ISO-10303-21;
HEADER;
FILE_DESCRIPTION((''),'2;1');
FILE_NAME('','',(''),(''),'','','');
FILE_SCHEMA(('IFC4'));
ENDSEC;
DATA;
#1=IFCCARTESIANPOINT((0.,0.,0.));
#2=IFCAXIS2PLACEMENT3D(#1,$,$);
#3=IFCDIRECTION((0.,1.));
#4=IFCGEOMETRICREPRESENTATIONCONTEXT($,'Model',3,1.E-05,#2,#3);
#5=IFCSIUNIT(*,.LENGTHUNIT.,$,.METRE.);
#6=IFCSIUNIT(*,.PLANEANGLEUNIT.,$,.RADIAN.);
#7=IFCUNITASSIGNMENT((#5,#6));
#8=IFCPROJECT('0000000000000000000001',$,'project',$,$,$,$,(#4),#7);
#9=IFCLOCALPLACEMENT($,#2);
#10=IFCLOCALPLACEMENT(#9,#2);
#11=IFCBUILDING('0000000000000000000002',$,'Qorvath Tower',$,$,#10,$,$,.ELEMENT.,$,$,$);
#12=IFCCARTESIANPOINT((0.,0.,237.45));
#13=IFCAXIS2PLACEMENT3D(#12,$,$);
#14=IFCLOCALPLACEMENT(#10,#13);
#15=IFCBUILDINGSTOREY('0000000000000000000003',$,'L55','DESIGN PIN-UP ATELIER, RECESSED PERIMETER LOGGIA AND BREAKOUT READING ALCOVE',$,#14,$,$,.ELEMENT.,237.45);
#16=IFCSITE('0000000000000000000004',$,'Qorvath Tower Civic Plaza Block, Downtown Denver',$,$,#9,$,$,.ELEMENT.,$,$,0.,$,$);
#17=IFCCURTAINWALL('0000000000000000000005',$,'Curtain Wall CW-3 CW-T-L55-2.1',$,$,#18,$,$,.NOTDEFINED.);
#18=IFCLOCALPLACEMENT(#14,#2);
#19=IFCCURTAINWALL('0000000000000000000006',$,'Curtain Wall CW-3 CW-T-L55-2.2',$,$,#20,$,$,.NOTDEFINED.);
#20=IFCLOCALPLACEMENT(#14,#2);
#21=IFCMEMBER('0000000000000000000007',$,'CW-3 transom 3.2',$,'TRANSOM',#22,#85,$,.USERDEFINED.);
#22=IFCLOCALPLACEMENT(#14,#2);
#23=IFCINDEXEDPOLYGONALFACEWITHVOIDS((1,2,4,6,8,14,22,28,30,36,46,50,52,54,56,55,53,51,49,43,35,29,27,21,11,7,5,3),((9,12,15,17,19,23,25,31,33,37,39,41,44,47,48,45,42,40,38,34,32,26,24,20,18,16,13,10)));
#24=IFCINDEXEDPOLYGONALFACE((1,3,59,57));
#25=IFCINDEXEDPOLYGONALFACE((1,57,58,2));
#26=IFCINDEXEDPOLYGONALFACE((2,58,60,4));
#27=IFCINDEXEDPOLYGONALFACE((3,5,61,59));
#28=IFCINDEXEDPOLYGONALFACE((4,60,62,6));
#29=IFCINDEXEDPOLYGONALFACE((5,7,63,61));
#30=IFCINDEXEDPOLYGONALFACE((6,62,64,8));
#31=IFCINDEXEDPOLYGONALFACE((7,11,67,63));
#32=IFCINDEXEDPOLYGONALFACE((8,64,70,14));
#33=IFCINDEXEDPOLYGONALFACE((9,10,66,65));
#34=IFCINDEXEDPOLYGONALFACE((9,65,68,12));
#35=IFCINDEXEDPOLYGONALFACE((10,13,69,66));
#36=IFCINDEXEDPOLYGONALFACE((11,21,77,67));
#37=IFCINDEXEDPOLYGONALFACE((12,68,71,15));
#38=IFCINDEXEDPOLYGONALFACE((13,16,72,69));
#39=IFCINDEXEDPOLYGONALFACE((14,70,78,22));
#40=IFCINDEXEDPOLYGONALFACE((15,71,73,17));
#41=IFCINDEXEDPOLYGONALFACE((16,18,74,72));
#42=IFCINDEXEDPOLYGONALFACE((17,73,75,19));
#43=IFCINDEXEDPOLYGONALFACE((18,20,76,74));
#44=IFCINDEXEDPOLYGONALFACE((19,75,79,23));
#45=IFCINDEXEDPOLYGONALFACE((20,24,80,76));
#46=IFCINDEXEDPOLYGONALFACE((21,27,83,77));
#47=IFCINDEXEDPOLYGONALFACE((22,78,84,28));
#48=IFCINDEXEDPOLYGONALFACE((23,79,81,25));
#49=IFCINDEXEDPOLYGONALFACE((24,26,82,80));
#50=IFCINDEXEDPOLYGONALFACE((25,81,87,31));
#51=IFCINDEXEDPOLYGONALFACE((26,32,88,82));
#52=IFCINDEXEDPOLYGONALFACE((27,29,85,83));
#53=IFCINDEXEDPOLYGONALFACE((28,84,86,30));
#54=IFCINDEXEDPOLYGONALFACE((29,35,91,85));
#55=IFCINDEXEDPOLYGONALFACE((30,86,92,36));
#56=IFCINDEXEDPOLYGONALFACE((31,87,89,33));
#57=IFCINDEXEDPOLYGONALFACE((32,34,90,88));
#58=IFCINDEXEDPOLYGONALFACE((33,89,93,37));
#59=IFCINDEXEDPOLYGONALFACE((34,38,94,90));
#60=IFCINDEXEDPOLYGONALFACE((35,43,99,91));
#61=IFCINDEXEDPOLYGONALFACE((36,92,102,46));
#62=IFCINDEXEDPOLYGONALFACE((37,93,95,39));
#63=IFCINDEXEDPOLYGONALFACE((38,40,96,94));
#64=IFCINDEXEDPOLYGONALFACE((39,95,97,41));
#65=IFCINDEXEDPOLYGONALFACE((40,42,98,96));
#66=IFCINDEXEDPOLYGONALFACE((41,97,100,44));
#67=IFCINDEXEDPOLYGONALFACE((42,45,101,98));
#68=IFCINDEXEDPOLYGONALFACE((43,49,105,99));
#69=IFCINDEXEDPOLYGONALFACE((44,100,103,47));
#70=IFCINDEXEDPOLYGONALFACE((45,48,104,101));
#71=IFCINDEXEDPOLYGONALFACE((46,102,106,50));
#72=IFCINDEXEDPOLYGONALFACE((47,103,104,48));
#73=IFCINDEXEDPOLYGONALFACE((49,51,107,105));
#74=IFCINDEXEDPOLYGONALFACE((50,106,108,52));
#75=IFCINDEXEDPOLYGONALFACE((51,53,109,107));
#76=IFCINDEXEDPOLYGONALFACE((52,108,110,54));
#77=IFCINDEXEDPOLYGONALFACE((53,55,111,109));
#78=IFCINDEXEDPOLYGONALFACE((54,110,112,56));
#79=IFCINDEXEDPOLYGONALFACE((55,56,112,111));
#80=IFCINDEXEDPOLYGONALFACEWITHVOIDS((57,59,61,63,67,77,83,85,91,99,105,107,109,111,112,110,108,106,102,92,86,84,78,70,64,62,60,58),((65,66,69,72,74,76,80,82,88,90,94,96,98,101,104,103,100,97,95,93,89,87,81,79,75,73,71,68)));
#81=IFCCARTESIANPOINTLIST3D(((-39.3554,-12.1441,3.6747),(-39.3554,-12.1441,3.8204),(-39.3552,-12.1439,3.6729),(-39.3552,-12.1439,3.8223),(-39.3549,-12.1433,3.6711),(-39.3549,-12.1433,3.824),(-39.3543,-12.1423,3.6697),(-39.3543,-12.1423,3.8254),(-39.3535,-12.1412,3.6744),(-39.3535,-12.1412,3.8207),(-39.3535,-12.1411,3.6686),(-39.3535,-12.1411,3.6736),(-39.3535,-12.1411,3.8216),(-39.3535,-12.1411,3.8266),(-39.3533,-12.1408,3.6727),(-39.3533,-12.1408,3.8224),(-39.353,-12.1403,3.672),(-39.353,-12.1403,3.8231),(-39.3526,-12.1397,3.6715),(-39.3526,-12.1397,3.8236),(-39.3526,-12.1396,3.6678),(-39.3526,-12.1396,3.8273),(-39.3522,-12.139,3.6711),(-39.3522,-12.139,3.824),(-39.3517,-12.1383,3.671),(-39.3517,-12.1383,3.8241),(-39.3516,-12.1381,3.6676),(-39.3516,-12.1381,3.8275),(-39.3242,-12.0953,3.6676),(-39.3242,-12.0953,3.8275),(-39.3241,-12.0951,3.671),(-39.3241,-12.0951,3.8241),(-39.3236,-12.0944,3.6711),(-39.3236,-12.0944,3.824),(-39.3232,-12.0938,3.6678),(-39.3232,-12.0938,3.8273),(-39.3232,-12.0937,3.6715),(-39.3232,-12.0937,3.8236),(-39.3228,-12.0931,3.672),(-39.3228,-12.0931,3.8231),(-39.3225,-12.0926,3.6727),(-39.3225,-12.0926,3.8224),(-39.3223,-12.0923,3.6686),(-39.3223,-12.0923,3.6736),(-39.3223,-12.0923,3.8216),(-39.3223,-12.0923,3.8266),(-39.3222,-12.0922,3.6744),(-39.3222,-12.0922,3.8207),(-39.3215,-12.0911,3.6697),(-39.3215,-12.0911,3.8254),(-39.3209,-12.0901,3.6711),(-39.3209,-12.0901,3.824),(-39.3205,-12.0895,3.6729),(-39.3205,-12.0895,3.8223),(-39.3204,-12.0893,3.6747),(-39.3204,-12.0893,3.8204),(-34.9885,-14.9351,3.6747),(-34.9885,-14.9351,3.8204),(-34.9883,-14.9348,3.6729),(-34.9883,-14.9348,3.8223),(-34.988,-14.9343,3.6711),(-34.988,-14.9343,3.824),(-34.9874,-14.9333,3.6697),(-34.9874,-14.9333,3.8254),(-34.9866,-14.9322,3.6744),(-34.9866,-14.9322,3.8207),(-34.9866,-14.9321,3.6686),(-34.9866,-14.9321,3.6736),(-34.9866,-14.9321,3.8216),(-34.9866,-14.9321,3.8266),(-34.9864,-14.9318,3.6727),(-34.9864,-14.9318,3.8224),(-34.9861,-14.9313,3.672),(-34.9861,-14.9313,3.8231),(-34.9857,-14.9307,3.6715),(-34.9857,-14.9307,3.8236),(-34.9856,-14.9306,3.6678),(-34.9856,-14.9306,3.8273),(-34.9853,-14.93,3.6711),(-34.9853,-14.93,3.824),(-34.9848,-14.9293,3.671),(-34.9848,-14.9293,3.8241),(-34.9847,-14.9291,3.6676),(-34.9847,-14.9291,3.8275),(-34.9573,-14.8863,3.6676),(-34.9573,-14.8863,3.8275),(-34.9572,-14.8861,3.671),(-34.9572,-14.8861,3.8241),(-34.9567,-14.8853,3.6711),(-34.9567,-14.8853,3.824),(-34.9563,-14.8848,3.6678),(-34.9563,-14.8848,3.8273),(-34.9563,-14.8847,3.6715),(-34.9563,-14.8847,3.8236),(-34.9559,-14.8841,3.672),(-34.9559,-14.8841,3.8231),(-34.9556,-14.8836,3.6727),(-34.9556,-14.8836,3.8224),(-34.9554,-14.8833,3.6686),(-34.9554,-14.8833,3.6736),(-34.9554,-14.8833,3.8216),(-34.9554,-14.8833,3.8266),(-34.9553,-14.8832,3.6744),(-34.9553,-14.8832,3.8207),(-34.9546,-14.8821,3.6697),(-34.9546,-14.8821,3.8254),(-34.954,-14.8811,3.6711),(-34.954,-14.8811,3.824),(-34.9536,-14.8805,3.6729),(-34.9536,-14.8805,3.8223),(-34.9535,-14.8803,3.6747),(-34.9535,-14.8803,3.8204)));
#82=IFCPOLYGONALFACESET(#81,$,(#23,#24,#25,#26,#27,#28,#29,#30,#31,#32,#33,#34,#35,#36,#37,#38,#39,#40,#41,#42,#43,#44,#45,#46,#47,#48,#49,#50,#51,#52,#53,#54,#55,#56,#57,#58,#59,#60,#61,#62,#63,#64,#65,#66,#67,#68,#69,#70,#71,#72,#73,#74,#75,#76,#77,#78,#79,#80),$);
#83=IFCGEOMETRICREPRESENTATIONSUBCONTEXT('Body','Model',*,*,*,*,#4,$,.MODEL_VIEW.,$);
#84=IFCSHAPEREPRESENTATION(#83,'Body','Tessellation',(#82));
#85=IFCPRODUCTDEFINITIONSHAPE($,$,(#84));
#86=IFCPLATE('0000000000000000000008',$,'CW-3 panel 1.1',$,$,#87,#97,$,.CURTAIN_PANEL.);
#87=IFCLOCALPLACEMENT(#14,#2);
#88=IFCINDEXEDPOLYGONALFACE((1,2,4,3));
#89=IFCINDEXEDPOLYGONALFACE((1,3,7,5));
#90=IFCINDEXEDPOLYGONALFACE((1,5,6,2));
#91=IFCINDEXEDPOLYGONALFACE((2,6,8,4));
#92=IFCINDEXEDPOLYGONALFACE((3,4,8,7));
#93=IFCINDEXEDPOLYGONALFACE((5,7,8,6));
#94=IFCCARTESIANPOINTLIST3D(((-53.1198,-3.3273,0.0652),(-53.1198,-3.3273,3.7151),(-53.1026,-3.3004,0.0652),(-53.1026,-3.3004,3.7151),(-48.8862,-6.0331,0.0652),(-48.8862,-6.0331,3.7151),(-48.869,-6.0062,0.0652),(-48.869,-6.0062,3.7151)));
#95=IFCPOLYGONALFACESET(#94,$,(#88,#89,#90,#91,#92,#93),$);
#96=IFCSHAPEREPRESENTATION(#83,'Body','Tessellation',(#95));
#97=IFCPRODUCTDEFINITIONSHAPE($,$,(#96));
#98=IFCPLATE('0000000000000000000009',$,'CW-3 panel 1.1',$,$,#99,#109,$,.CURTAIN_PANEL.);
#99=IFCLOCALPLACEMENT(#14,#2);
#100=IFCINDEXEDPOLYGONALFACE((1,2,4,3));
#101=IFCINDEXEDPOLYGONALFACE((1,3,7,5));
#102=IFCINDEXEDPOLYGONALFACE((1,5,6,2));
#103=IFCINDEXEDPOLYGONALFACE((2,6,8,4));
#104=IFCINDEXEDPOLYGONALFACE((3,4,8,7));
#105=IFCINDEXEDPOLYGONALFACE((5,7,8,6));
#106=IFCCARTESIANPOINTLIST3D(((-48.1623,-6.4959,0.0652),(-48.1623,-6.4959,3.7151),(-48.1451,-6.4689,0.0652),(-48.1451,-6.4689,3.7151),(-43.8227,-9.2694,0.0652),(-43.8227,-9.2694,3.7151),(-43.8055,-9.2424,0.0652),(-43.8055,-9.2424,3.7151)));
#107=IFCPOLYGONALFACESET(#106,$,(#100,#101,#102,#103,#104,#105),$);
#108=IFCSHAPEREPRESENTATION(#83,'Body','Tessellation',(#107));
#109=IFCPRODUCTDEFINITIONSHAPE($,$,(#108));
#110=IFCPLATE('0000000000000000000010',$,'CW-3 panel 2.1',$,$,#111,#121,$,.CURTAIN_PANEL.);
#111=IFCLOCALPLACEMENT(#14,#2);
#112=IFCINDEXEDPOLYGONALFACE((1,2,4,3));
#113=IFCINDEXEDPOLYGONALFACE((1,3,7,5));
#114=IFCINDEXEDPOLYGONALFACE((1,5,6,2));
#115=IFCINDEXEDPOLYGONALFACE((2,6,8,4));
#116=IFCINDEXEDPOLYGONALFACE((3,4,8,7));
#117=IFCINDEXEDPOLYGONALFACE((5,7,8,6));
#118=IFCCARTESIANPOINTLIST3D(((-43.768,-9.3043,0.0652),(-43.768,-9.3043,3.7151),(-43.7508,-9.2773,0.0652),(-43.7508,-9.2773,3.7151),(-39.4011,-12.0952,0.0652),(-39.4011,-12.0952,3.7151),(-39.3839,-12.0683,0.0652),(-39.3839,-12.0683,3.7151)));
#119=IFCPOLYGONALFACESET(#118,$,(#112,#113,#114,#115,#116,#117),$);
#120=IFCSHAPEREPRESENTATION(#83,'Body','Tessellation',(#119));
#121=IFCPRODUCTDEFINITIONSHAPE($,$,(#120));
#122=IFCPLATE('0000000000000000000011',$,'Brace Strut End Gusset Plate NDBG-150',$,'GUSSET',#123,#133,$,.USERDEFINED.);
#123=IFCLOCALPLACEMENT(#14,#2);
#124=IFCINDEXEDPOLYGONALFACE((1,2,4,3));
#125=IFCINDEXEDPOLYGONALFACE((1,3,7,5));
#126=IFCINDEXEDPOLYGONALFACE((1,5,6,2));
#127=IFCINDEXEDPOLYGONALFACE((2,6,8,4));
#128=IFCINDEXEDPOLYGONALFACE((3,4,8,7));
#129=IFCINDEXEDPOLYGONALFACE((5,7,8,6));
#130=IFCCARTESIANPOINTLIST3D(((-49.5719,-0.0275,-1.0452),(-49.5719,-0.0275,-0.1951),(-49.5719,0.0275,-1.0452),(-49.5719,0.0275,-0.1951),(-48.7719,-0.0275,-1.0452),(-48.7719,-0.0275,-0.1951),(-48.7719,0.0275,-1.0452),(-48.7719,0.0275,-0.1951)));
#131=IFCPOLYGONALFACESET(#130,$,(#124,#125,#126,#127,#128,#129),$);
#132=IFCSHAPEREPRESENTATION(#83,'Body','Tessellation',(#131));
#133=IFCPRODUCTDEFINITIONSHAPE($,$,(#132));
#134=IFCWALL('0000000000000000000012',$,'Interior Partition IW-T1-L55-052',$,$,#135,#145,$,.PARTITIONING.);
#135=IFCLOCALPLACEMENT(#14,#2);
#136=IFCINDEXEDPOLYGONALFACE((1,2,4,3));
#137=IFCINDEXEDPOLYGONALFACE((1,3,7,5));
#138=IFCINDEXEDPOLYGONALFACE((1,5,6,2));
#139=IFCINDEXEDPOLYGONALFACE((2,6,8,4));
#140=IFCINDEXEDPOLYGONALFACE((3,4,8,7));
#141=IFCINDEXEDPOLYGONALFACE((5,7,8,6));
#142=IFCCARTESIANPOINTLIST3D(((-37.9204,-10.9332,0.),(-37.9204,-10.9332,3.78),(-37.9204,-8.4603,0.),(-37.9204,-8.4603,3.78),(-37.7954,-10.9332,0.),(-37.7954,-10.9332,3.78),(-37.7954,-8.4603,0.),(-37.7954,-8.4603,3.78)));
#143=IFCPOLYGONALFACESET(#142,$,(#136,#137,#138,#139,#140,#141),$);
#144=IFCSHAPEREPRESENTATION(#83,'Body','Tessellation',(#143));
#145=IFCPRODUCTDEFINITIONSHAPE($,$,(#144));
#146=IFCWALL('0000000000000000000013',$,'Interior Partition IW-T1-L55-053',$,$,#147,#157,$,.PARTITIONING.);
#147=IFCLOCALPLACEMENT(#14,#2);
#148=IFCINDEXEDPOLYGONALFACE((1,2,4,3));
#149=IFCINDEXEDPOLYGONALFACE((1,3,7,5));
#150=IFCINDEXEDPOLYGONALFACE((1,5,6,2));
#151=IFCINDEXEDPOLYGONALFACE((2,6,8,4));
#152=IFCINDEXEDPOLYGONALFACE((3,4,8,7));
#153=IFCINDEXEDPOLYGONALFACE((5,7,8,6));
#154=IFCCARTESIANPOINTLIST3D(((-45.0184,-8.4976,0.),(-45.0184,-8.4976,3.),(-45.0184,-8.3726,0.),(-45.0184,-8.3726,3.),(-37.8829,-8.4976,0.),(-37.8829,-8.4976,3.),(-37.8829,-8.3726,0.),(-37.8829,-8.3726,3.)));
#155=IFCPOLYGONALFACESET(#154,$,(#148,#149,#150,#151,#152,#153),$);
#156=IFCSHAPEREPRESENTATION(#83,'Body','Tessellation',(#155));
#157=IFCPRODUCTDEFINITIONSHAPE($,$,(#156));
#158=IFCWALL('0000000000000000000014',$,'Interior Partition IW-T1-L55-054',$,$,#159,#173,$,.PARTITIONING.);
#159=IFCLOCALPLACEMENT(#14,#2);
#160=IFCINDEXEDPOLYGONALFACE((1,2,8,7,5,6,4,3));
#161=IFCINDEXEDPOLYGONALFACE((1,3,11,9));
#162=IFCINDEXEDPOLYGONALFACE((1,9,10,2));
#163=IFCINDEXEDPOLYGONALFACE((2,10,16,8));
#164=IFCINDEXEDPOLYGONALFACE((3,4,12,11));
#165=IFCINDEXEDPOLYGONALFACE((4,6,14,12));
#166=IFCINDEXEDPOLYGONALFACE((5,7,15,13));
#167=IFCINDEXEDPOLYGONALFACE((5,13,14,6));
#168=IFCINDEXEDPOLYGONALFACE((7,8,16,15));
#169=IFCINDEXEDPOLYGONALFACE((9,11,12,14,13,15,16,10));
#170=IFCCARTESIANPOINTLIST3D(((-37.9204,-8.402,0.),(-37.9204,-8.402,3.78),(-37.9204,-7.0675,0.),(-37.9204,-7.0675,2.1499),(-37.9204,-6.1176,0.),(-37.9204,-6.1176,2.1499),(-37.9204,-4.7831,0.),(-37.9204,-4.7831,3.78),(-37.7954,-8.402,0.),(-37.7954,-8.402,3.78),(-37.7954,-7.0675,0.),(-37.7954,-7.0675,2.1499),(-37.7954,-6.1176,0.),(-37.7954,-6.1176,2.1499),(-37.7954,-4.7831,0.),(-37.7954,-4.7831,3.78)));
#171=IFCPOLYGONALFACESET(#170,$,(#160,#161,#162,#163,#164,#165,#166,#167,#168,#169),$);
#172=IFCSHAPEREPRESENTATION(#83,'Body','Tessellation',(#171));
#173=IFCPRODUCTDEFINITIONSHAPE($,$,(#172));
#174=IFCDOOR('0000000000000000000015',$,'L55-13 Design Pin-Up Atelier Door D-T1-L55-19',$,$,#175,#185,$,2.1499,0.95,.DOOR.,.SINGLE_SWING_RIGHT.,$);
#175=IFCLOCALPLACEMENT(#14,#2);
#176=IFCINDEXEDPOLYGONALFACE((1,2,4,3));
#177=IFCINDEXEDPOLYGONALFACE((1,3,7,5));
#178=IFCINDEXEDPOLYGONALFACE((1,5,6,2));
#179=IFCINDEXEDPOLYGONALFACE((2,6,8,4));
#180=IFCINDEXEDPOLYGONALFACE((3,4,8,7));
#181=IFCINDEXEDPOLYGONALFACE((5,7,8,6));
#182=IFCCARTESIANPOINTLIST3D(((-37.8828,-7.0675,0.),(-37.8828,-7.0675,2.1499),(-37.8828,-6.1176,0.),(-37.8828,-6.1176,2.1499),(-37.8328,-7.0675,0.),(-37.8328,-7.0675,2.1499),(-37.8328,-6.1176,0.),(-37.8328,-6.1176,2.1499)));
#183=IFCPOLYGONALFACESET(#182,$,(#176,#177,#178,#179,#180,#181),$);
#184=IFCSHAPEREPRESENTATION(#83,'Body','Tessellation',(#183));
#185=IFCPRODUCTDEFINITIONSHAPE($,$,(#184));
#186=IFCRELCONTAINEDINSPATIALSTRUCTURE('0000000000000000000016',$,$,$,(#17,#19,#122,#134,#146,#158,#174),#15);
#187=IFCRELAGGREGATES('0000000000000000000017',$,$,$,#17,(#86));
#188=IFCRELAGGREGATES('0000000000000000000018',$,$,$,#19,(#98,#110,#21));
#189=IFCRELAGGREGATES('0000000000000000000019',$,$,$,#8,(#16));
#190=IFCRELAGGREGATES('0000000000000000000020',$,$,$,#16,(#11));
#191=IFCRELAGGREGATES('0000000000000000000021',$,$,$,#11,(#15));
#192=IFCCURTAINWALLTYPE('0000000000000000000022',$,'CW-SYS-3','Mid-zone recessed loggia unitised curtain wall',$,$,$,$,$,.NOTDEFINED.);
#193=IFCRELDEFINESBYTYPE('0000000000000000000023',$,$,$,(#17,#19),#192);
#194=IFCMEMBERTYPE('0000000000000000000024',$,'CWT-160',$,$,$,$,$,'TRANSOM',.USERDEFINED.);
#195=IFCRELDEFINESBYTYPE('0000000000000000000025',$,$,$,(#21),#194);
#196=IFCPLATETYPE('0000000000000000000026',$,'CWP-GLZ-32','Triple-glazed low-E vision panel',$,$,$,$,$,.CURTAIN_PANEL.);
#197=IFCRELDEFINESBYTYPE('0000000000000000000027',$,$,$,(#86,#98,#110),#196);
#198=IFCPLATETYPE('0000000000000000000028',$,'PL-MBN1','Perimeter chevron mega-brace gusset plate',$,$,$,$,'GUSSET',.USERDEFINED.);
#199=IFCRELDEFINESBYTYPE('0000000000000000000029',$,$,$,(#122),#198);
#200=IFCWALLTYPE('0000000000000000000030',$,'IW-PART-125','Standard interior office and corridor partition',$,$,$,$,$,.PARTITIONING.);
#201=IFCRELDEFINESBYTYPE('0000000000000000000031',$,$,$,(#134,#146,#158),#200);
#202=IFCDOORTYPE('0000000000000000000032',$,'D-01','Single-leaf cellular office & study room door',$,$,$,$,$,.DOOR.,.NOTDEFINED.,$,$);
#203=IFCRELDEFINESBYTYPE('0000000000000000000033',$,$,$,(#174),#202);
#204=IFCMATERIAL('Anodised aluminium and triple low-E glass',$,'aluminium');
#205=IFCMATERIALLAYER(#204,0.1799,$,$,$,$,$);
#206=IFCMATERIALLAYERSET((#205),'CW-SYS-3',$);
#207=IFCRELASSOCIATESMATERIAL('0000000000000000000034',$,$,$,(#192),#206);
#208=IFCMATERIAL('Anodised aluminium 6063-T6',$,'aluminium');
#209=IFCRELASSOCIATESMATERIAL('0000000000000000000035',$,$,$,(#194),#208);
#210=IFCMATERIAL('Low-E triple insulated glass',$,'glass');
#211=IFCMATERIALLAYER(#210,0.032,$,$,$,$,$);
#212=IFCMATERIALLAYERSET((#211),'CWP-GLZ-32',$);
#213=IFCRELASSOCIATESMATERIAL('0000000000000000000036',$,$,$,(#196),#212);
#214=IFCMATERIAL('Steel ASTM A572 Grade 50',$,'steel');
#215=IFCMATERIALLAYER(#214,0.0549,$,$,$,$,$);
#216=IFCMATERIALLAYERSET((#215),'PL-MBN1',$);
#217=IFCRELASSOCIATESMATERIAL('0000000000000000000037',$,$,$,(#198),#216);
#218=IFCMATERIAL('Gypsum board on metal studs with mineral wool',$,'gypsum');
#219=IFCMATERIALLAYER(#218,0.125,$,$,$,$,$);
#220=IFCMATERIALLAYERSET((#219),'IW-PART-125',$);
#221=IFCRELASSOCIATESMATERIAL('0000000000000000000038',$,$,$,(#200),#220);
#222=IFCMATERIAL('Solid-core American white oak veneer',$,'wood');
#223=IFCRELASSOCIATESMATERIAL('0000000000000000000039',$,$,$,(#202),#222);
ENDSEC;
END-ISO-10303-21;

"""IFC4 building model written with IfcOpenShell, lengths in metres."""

from ifc_helpers import new_model, si_unit, direction, frame, frame_2d, origin, origin_2d, place, context, subcontext, project, spatial, rectangle, hollow_rectangle, extrude, material, layer, layer_set, material_profile, profile_set, type_object, element, fill, aggregate, save


model = new_model("IFC4")

# Units and contexts
model_context = context("Model", 3, precision=1e-05, world=origin(), true_north=direction((0.0, 1.0)))
body_context = subcontext(model_context, "Body", "Model", "MODEL_VIEW")
ifc_project = project(units=[si_unit("LENGTHUNIT", "METRE"), si_unit("PLANEANGLEUNIT", "RADIAN")], contexts=[model_context])

# Site, building, storey
site_placement = place(None, origin())
site = spatial("IfcSite", under=ifc_project, at=site_placement, Name="Qorvath Tower Civic Plaza Block, Downtown Denver", CompositionType="ELEMENT", RefElevation=0.0)
building_placement = place(site_placement, origin())
building = spatial("IfcBuilding", under=site, at=building_placement, Name="Qorvath Tower", CompositionType="ELEMENT")
storey_placement = place(building_placement, frame((0.0, 0.0, 237.45)))
storey = spatial("IfcBuildingStorey", under=building, at=storey_placement, Name="L55", Description="DESIGN PIN-UP ATELIER, RECESSED PERIMETER LOGGIA AND BREAKOUT READING ALCOVE", CompositionType="ELEMENT", Elevation=237.45)

# Curtain walls
ifc_material_1 = material(Name="Anodised aluminium and triple low-E glass", Category="aluminium")
ifc_layer_1 = layer(ifc_material_1, 0.1799)
ifc_layer_set_1 = layer_set([ifc_layer_1], Name="CW-SYS-3")
curtain_wall_type = type_object("IfcCurtainWallType", Name="CW-SYS-3", Description="Mid-zone recessed loggia unitised curtain wall", PredefinedType="NOTDEFINED", material=ifc_layer_set_1)
curtain_wall_1_placement = place(storey_placement, origin())
curtain_wall_1 = element("IfcCurtainWall", 1, at=curtain_wall_1_placement, inside=storey, type_object=curtain_wall_type, Name="Curtain Wall CW-3 CW-T-L55-2.1", PredefinedType="NOTDEFINED")
curtain_wall_2_placement = place(storey_placement, origin())
curtain_wall_2 = element("IfcCurtainWall", 2, at=curtain_wall_2_placement, inside=storey, type_object=curtain_wall_type, Name="Curtain Wall CW-3 CW-T-L55-2.2", PredefinedType="NOTDEFINED")

# Member
ifc_material_2 = material(Name="Anodised aluminium 6063-T6", Category="aluminium")
ifc_material_profile_1 = material_profile(ifc_material_2, hollow_rectangle(XDim=0.0649, YDim=0.1599, WallThickness=0.0034, InnerFilletRadius=0.0034, OuterFilletRadius=0.0071, at=origin_2d()), Name="CWT 160x65")
ifc_profile_set_1 = profile_set([ifc_material_profile_1], Name="Anodised aluminium 6063-T6")
member_type_1 = type_object("IfcMemberType", Name="CWT-160", ElementType="TRANSOM", PredefinedType="USERDEFINED", material=ifc_profile_set_1)
member_1_placement = place(storey_placement, frame((-39.3379, -12.1167, 3.7476), z_axis=(0.842607, -0.53853, 0.0), x_axis=(0.53853, 0.842607, 0.0)))
member_1 = element("IfcMember", 3, at=member_1_placement, type_object=member_type_1, Name="CW-3 transom 3.2", ObjectType="TRANSOM", PredefinedType="USERDEFINED", context=body_context, shape_type="SweptSolid", body=[
    extrude(hollow_rectangle(XDim=0.0649, YDim=0.1599, WallThickness=0.0034, InnerFilletRadius=0.0034, OuterFilletRadius=0.0071, at=origin_2d()), origin(), (0.0, 0.0, 1.0), 5.1826),
])

# Plates
ifc_material_3 = material(Name="Low-E triple insulated glass", Category="glass")
ifc_layer_2 = layer(ifc_material_3, 0.032)
ifc_layer_set_2 = layer_set([ifc_layer_2], Name="CWP-GLZ-32")
plate_type_1 = type_object("IfcPlateType", Name="CWP-GLZ-32", Description="Triple-glazed low-E vision panel", PredefinedType="CURTAIN_PANEL", material=ifc_layer_set_2)
plate_1_placement = place(storey_placement, frame((-50.9944, -4.6667, 0.0652), z_axis=(0.0, 0.0, 1.0), x_axis=(0.842601, -0.538538, 0.0)))
plate_1 = element("IfcPlate", 4, at=plate_1_placement, type_object=plate_type_1, Name="CW-3 panel 1.1", PredefinedType="CURTAIN_PANEL", context=body_context, shape_type="SweptSolid", body=[
    extrude(rectangle(XDim=5.0244, YDim=0.032, at=origin_2d()), origin(), (0.0, 0.0, 1.0), 3.6499),
])
aggregate(curtain_wall_1, [plate_1])
plate_2_placement = place(storey_placement, frame((-45.9839, -7.8691, 0.0652), z_axis=(0.0, 0.0, 1.0), x_axis=(0.842607, -0.538529, 0.0)))
plate_2 = element("IfcPlate", 5, at=plate_2_placement, type_object=plate_type_1, Name="CW-3 panel 1.1", PredefinedType="CURTAIN_PANEL", context=body_context, shape_type="SweptSolid", body=[
    extrude(rectangle(XDim=5.1501, YDim=0.032, at=origin_2d()), origin(), (0.0, 0.0, 1.0), 3.6499),
])
plate_3_placement = place(storey_placement, frame((-41.5759, -10.6863, 0.0652), z_axis=(0.0, 0.0, 1.0), x_axis=(0.842607, -0.538529, 0.0)))
plate_3 = element("IfcPlate", 6, at=plate_3_placement, type_object=plate_type_1, Name="CW-3 panel 2.1", PredefinedType="CURTAIN_PANEL", context=body_context, shape_type="SweptSolid", body=[
    extrude(rectangle(XDim=5.1826, YDim=0.032, at=origin_2d()), origin(), (0.0, 0.0, 1.0), 3.6499),
])
aggregate(curtain_wall_2, [plate_2, plate_3, member_1])
ifc_material_4 = material(Name="Steel ASTM A572 Grade 50", Category="steel")
ifc_layer_3 = layer(ifc_material_4, 0.0549)
ifc_layer_set_3 = layer_set([ifc_layer_3], Name="PL-MBN1")
plate_type_2 = type_object("IfcPlateType", Name="PL-MBN1", Description="Perimeter chevron mega-brace gusset plate", ElementType="GUSSET", PredefinedType="USERDEFINED", material=ifc_layer_set_3)
plate_4_placement = place(storey_placement, frame((-49.1719, 0.0, -1.0452), z_axis=(0.0, 0.0, 1.0), x_axis=(1.0, 0.0, 0.0)))
element("IfcPlate", 7, at=plate_4_placement, inside=storey, type_object=plate_type_2, Name="Brace Strut End Gusset Plate NDBG-150", ObjectType="GUSSET", PredefinedType="USERDEFINED", context=body_context, shape_type="SweptSolid", body=[
    extrude(rectangle(XDim=0.8, YDim=0.0549, at=origin_2d()), origin(), (0.0, 0.0, 1.0), 0.8501),
])

# Walls
ifc_material_5 = material(Name="Gypsum board on metal studs with mineral wool", Category="gypsum")
ifc_layer_4 = layer(ifc_material_5, 0.125)
ifc_layer_set_4 = layer_set([ifc_layer_4], Name="IW-PART-125")
wall_type_1 = type_object("IfcWallType", Name="IW-PART-125", Description="Standard interior office and corridor partition", PredefinedType="PARTITIONING", material=ifc_layer_set_4)
wall_1_placement = place(storey_placement, frame((-37.8579, -10.9331, 0.0), z_axis=(0.0, 0.0, 1.0), x_axis=(0.0, 1.0, 0.0)))
element("IfcWall", 8, at=wall_1_placement, inside=storey, type_object=wall_type_1, Name="Interior Partition IW-T1-L55-052", PredefinedType="PARTITIONING", context=body_context, shape_type="SweptSolid", body=[
    extrude(rectangle(XDim=2.4729, YDim=0.125, at=frame_2d((1.2363, 0.0))), origin(), (0.0, 0.0, 1.0), 3.78),
])
wall_2_placement = place(storey_placement, frame((-37.8828, -8.4351, 0.0), z_axis=(0.0, 0.0, 1.0), x_axis=(-1.0, 0.0, 0.0)))
element("IfcWall", 9, at=wall_2_placement, inside=storey, type_object=wall_type_1, Name="Interior Partition IW-T1-L55-053", PredefinedType="PARTITIONING", context=body_context, shape_type="SweptSolid", body=[
    extrude(rectangle(XDim=7.1355, YDim=0.125, at=frame_2d((3.5679, 0.0))), origin(), (0.0, 0.0, 1.0), 3.0),
])

# Wall, opening, door
wall_3_placement = place(storey_placement, frame((-37.8579, -8.4021, 0.0), z_axis=(0.0, 0.0, 1.0), x_axis=(0.0, 1.0, 0.0)))
wall_3 = element("IfcWall", 10, at=wall_3_placement, inside=storey, type_object=wall_type_1, Name="Interior Partition IW-T1-L55-054", PredefinedType="PARTITIONING", context=body_context, shape_type="SweptSolid", body=[
    extrude(rectangle(XDim=3.6189, YDim=0.125, at=frame_2d((1.8096, 0.0))), origin(), (0.0, 0.0, 1.0), 3.78),
])
opening_1_placement = place(wall_3_placement, frame((1.3345, 0.0, 0.0)))
opening_1 = element("IfcOpeningElement", 11, at=opening_1_placement, cuts=wall_3, PredefinedType="OPENING", context=body_context, shape_type="SweptSolid", body=[
    extrude(rectangle(XDim=0.95, YDim=2.1499, at=frame_2d((0.4751, 1.075))), frame((0.0, 0.0725, 0.0), z_axis=(0.0, -1.0, 0.0), x_axis=(1.0, 0.0, 0.0)), (0.0, 0.0, 1.0), 0.145),
])
ifc_material_6 = material(Name="Solid-core American white oak veneer", Category="wood")
door_type_1 = type_object("IfcDoorType", Name="D-01", Description="Single-leaf cellular office & study room door", OperationType="NOTDEFINED", PredefinedType="DOOR", material=ifc_material_6)
door_1_placement = place(opening_1_placement, origin())
door_1 = element("IfcDoor", 12, at=door_1_placement, inside=storey, type_object=door_type_1, Name="L55-13 Design Pin-Up Atelier Door D-T1-L55-19", OperationType="SINGLE_SWING_RIGHT", OverallHeight=2.1499, OverallWidth=0.95, PredefinedType="DOOR", context=body_context, shape_type="SweptSolid", body=[
    extrude(rectangle(XDim=0.95, YDim=2.1499, at=frame_2d((0.4751, 1.075))), frame((0.0, 0.0249, 0.0), z_axis=(0.0, -1.0, 0.0), x_axis=(1.0, 0.0, 0.0)), (0.0, 0.0, 1.0), 0.05),
])
fill(opening_1, door_1)

save(model, "model.ifc")
